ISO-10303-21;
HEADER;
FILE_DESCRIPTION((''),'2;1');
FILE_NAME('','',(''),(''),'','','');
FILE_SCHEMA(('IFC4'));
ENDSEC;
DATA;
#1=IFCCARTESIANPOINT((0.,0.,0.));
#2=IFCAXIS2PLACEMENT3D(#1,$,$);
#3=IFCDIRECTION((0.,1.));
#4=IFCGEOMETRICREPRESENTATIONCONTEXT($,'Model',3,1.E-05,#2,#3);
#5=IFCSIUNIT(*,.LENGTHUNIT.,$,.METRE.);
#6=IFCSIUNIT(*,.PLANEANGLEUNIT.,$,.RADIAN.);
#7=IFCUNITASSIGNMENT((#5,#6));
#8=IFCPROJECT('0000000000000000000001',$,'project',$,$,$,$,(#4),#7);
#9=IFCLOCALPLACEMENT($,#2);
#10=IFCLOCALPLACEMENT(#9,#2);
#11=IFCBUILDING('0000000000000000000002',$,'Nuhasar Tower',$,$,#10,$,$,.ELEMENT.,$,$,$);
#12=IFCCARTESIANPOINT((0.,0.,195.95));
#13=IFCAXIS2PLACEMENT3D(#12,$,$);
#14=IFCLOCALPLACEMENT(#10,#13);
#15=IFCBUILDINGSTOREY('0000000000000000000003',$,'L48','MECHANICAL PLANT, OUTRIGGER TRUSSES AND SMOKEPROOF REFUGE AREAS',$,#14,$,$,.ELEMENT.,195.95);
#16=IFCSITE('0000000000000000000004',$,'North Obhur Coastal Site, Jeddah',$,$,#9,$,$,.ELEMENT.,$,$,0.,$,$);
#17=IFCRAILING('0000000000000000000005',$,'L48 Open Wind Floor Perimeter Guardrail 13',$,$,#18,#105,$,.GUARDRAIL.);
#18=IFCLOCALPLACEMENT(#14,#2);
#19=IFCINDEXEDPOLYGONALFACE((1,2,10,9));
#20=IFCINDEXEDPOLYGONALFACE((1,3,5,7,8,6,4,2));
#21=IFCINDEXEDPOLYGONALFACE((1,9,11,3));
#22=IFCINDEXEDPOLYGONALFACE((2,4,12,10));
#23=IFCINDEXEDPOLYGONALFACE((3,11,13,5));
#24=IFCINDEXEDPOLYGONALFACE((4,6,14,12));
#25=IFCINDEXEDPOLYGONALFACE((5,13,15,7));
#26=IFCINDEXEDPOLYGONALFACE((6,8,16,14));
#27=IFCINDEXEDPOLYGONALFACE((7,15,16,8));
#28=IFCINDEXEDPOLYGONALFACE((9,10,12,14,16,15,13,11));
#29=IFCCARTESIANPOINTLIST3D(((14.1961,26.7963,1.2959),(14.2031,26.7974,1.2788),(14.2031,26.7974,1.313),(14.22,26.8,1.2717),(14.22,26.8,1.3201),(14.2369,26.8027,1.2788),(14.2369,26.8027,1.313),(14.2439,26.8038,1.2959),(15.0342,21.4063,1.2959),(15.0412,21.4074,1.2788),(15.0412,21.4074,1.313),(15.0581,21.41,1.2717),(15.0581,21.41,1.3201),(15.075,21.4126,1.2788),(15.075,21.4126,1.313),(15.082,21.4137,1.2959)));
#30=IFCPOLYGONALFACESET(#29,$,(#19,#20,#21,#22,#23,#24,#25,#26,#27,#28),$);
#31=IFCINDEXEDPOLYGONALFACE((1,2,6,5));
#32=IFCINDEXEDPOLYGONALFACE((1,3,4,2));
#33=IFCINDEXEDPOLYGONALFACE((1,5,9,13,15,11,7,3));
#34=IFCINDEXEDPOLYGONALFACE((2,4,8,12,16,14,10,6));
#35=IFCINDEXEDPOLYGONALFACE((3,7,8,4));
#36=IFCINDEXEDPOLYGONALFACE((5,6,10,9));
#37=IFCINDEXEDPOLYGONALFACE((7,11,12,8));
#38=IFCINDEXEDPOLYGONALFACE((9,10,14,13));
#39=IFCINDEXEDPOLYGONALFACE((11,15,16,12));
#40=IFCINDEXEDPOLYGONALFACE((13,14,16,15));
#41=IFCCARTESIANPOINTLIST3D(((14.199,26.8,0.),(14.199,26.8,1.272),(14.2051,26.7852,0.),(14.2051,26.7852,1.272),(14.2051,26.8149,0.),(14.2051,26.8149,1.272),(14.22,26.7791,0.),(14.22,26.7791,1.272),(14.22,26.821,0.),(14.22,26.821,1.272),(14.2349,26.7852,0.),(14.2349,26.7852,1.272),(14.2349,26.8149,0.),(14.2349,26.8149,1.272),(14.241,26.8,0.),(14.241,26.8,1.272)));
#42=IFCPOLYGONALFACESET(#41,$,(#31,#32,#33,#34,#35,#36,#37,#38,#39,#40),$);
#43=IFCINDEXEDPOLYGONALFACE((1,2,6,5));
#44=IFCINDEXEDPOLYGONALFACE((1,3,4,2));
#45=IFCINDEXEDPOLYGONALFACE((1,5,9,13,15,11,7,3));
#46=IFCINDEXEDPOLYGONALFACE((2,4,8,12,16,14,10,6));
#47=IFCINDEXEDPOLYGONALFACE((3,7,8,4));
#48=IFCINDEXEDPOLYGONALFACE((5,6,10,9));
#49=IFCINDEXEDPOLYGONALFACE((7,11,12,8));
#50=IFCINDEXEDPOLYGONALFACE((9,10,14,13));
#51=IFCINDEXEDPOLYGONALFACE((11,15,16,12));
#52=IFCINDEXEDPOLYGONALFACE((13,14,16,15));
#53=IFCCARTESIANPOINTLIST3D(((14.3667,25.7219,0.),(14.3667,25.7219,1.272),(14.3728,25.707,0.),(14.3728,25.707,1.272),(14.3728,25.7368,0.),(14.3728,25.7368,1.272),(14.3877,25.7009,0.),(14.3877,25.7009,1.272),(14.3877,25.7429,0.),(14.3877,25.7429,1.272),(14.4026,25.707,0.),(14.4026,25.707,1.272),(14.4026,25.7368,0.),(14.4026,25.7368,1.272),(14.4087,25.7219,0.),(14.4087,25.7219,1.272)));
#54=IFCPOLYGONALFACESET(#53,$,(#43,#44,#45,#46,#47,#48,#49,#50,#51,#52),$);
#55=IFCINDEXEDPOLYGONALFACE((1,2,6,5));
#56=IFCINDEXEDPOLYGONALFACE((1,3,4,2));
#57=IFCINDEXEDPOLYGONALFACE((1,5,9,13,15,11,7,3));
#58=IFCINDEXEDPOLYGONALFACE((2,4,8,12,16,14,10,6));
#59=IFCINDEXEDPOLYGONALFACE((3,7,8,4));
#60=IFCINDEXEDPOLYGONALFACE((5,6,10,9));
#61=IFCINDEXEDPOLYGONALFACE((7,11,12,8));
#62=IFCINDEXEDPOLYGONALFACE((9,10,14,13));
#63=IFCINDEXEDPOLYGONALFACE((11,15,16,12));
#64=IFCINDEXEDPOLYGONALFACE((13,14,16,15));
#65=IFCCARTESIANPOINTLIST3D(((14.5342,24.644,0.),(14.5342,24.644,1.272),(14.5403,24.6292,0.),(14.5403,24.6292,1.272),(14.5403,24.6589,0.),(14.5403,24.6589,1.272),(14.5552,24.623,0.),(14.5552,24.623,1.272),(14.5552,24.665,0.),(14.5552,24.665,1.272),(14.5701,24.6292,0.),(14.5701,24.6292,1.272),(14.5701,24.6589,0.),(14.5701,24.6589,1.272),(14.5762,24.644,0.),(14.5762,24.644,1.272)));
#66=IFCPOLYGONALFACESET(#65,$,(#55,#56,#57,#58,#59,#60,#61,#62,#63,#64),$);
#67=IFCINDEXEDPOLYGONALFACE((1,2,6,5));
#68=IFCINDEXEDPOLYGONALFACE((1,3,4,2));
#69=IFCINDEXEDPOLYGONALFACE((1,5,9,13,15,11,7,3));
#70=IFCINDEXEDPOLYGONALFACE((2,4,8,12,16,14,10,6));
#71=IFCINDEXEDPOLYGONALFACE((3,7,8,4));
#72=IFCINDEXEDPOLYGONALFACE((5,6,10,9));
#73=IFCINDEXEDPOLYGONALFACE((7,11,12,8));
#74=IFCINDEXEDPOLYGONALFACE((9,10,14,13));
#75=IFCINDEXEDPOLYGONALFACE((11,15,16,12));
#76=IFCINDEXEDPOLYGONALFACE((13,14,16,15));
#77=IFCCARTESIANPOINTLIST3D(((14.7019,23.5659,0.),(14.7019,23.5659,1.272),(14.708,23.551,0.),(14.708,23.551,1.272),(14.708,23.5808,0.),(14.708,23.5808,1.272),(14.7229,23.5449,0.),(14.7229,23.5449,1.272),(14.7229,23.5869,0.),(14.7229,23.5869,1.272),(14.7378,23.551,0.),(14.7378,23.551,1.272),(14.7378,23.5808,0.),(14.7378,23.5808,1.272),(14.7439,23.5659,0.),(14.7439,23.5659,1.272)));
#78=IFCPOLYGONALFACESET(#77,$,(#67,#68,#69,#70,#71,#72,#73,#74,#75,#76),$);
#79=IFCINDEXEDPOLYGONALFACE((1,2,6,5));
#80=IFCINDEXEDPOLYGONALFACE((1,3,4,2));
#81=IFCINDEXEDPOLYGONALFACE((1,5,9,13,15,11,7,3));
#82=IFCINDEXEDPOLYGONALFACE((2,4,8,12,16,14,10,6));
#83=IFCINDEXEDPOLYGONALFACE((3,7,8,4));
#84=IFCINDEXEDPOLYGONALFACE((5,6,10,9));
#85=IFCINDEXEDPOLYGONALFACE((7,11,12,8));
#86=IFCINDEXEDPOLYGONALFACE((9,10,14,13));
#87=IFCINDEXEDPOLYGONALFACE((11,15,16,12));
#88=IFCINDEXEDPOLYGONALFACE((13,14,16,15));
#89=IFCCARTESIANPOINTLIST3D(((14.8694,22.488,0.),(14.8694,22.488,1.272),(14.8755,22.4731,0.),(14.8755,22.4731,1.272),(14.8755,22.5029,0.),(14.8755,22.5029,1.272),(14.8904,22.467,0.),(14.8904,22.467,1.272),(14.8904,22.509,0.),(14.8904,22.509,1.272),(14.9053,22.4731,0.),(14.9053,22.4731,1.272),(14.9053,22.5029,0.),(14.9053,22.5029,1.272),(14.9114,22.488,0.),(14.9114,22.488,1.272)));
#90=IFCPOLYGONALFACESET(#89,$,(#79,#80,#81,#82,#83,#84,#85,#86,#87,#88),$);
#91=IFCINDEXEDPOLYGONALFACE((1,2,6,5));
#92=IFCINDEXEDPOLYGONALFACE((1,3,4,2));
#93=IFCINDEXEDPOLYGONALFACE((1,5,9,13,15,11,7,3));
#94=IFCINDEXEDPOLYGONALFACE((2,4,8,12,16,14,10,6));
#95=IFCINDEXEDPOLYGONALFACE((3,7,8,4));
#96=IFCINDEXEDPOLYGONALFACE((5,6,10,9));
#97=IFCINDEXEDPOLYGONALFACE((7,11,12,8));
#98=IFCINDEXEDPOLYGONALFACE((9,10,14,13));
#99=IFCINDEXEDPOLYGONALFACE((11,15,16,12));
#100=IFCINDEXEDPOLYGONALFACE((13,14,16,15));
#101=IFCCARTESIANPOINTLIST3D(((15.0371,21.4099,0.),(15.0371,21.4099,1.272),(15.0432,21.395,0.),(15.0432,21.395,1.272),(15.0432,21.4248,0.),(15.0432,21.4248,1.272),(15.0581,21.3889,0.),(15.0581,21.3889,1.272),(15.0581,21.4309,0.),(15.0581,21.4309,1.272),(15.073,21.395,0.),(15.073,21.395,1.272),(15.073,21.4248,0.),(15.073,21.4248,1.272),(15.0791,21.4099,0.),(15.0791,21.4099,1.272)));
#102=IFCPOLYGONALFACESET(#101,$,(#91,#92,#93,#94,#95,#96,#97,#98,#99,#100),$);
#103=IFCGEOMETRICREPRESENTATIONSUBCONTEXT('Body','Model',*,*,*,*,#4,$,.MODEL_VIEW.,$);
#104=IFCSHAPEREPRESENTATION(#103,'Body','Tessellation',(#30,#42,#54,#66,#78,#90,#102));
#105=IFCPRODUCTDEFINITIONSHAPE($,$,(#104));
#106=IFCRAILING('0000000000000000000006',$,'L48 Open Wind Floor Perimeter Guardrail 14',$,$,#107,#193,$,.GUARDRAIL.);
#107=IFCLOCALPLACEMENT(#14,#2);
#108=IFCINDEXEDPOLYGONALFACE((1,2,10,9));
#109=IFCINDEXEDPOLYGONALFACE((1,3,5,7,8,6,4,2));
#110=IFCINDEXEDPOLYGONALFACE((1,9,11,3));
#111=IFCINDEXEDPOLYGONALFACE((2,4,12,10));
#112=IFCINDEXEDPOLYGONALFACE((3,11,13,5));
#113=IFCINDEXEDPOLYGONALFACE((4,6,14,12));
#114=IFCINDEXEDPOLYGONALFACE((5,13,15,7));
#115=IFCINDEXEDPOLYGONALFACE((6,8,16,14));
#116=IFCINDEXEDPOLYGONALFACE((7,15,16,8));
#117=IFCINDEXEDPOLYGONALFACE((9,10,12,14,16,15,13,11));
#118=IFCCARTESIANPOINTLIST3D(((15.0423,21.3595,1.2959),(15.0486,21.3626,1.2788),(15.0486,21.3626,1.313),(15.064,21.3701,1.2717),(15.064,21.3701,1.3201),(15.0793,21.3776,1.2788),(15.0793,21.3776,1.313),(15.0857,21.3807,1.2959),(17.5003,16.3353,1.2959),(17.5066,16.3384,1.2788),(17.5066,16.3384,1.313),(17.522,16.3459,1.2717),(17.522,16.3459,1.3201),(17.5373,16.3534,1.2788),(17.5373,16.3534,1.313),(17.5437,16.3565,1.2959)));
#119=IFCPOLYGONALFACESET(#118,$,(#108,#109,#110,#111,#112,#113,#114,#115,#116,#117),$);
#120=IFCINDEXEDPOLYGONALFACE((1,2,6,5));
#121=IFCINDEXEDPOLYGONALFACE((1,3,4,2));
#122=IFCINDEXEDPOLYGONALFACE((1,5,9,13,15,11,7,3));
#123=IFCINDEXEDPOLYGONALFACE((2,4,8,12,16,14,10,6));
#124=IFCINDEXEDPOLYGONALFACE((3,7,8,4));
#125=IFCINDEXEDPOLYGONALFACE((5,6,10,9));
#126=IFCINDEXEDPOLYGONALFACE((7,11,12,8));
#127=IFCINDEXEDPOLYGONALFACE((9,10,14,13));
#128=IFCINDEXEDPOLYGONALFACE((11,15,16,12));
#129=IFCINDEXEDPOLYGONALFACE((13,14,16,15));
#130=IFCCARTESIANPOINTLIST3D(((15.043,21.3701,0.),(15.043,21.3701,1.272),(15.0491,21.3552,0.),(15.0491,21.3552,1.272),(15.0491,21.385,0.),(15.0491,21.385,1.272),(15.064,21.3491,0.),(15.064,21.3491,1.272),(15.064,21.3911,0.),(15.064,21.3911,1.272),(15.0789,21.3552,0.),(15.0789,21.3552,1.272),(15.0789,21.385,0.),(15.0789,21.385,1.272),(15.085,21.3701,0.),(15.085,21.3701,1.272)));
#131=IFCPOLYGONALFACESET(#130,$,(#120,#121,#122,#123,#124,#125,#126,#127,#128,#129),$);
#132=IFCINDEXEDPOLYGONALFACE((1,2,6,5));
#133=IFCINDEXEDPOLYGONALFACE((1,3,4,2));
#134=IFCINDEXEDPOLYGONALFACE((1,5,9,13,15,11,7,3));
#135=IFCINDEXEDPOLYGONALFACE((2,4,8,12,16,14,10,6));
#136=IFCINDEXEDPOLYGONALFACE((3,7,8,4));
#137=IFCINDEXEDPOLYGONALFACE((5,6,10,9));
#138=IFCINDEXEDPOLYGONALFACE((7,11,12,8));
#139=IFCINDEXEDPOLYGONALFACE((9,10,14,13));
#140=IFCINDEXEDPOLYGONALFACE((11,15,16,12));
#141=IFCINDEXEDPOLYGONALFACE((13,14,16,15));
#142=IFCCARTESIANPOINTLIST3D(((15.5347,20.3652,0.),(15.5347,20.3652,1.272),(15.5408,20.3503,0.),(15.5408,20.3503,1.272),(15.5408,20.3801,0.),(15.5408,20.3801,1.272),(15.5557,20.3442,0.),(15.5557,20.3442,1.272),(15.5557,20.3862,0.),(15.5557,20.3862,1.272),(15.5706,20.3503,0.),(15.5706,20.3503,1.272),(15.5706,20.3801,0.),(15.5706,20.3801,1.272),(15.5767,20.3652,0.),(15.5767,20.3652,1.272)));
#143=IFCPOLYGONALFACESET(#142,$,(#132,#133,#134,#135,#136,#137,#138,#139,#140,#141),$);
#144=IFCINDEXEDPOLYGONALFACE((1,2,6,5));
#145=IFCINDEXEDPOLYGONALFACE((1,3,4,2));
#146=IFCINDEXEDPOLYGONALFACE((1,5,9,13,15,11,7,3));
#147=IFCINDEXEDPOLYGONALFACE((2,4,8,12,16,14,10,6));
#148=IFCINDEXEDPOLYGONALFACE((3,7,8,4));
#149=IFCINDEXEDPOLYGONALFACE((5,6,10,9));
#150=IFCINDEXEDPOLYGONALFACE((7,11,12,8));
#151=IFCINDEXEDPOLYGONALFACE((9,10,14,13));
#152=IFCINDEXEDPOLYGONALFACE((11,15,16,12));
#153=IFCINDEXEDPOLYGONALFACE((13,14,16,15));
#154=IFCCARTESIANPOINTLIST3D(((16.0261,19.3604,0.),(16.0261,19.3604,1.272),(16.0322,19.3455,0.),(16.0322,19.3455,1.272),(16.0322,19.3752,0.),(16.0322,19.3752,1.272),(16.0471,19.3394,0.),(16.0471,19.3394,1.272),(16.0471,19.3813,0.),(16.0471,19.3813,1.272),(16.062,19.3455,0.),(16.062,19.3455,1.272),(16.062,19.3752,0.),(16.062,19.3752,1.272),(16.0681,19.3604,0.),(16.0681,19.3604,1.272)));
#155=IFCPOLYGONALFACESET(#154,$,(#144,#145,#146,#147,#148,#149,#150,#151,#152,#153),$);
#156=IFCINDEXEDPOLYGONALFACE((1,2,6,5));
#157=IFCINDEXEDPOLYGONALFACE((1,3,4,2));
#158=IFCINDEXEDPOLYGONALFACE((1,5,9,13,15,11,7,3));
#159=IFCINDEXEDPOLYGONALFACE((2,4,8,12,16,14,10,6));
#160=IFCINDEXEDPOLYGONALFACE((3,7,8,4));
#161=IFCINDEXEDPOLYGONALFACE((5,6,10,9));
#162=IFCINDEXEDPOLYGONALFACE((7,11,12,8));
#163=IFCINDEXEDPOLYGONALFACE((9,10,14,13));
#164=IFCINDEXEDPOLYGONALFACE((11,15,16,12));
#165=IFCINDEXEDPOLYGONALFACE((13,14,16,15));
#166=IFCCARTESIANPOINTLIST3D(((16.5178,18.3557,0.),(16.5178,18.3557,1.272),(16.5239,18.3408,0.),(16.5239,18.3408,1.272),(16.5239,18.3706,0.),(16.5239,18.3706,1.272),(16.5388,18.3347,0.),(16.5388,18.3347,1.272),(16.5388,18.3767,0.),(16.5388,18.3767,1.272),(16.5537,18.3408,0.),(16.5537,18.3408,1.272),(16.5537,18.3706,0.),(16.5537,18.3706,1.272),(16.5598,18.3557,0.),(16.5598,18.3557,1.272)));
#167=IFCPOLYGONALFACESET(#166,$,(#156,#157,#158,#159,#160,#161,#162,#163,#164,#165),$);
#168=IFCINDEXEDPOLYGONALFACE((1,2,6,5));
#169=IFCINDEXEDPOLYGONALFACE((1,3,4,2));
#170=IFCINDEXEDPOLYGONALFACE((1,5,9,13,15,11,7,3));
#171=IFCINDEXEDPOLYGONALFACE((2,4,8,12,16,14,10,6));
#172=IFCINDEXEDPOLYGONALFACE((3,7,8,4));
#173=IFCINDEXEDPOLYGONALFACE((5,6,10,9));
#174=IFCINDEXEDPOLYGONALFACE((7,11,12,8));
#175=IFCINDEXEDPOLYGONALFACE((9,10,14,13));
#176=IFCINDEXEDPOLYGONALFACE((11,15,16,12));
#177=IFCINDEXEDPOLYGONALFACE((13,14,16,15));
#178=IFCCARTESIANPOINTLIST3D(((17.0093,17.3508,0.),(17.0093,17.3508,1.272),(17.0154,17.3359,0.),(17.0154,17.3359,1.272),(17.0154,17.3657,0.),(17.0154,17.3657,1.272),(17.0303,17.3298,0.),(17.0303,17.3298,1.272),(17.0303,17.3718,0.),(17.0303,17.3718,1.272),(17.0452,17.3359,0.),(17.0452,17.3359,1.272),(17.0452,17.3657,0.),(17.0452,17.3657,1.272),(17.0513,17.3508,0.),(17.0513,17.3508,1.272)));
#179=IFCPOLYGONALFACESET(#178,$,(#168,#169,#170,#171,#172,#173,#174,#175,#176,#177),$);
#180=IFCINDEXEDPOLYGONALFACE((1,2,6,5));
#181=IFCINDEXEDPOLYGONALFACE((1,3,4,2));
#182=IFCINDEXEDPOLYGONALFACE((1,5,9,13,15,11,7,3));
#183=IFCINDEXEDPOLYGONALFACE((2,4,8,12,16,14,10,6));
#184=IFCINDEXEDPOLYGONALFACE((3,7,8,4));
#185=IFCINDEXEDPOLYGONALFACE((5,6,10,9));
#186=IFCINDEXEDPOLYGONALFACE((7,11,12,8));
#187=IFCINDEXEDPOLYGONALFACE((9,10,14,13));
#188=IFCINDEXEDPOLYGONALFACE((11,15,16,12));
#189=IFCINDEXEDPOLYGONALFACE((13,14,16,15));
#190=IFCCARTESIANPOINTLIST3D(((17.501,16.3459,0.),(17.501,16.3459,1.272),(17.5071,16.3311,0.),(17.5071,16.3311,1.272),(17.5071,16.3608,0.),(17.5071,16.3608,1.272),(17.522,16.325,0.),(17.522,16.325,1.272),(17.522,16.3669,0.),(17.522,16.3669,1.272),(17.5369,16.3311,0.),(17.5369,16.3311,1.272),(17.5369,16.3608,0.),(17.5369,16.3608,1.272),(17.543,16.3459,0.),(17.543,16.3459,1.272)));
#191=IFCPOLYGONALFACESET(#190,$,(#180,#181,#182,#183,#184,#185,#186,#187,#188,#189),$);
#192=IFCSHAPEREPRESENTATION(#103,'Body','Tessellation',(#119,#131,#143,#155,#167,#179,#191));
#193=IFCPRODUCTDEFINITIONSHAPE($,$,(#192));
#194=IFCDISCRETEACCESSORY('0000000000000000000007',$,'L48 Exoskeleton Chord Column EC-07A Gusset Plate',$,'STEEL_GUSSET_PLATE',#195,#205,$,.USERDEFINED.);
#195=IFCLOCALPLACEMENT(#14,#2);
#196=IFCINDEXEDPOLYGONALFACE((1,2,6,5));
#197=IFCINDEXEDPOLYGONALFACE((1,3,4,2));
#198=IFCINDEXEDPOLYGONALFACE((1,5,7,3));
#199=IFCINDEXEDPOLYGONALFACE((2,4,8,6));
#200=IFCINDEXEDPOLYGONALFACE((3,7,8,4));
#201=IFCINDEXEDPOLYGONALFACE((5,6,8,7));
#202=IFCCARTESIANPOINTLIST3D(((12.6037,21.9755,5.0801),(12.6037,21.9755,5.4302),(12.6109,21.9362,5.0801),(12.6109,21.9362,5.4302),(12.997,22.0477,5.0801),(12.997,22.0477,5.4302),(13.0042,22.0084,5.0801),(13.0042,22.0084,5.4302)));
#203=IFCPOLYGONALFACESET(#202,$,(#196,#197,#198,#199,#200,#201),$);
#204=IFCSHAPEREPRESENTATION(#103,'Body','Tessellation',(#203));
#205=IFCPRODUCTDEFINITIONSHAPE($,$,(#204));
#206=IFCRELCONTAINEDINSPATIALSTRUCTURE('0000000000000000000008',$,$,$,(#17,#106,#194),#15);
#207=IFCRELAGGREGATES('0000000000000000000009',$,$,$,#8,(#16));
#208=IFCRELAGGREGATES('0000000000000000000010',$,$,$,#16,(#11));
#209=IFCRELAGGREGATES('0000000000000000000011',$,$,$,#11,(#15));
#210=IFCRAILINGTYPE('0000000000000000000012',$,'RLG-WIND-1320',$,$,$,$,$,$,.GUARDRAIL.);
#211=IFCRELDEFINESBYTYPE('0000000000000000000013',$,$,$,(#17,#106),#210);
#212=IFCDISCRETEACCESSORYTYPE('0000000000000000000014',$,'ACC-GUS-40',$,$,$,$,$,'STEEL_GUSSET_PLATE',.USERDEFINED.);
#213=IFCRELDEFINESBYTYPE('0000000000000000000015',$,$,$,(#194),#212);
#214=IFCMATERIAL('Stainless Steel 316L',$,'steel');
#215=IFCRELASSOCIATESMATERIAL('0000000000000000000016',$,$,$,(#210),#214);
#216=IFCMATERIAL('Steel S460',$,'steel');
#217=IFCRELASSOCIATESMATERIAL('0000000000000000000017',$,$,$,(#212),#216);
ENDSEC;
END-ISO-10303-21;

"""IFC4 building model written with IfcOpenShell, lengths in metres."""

from ifc_helpers import new_model, si_unit, direction, frame, origin, origin_2d, place, context, subcontext, project, spatial, polyline, rectangle, outline, extrude, material, type_object, element, save


model = new_model("IFC4")

# Units and contexts
model_context = context("Model", 3, precision=1e-05, world=origin(), true_north=direction((0.0, 1.0)))
body_context = subcontext(model_context, "Body", "Model", "MODEL_VIEW")
ifc_project = project(units=[si_unit("LENGTHUNIT", "METRE"), si_unit("PLANEANGLEUNIT", "RADIAN")], contexts=[model_context])

# Site, building, storey
site_placement = place(None, origin())
site = spatial("IfcSite", under=ifc_project, at=site_placement, Name="North Obhur Coastal Site, Jeddah", CompositionType="ELEMENT", RefElevation=0.0)
building_placement = place(site_placement, origin())
building = spatial("IfcBuilding", under=site, at=building_placement, Name="Nuhasar Tower", CompositionType="ELEMENT")
storey_placement = place(building_placement, frame((0.0, 0.0, 195.95)))
storey = spatial("IfcBuildingStorey", under=building, at=storey_placement, Name="L48", Description="MECHANICAL PLANT, OUTRIGGER TRUSSES AND SMOKEPROOF REFUGE AREAS", CompositionType="ELEMENT", Elevation=195.95)

# Shared definitions
ifc_material_1 = material(Name="Steel S460", Category="steel")

# Railings
ifc_material_2 = material(Name="Stainless Steel 316L", Category="steel")
railing_type = type_object("IfcRailingType", Name="RLG-WIND-1320", PredefinedType="GUARDRAIL", material=ifc_material_2)
railing_1_placement = place(storey_placement, frame((14.22, 26.8, 0.0)))
element("IfcRailing", 1, at=railing_1_placement, inside=storey, type_object=railing_type, Name="L48 Open Wind Floor Perimeter Guardrail 13", PredefinedType="GUARDRAIL", context=body_context, shape_type="SweptSolid", body=[
    extrude(outline(polyline([(0.0242, 0.0), (0.0171, 0.0171), (0.0, 0.0242), (-0.0171, 0.0171), (-0.0242, 0.0), (-0.0171, -0.0171), (0.0, -0.0242), (0.0171, -0.0171), (0.0242, 0.0)])), frame((0.0, 0.0, 1.2959), z_axis=(0.153648, -0.988126, 0.0), x_axis=(0.988126, 0.153648, 0.0)), (0.0, 0.0, 1.0), 5.4548),
    extrude(outline(polyline([(0.021, 0.0), (0.0149, 0.0149), (0.0, 0.021), (-0.0149, 0.0149), (-0.021, 0.0), (-0.0149, -0.0149), (0.0, -0.021), (0.0149, -0.0149), (0.021, 0.0)])), origin(), (0.0, 0.0, 1.0), 1.272),
    extrude(outline(polyline([(0.021, 0.0), (0.0149, 0.0149), (0.0, 0.021), (-0.0149, 0.0149), (-0.021, 0.0), (-0.0149, -0.0149), (0.0, -0.021), (0.0149, -0.0149), (0.021, 0.0)])), frame((0.1677, -1.0781, 0.0)), (0.0, 0.0, 1.0), 1.272),
    extrude(outline(polyline([(0.021, 0.0), (0.0149, 0.0149), (0.0, 0.021), (-0.0149, 0.0149), (-0.021, 0.0), (-0.0149, -0.0149), (0.0, -0.021), (0.0149, -0.0149), (0.021, 0.0)])), frame((0.3352, -2.156, 0.0)), (0.0, 0.0, 1.0), 1.272),
    extrude(outline(polyline([(0.021, 0.0), (0.0149, 0.0149), (0.0, 0.021), (-0.0149, 0.0149), (-0.021, 0.0), (-0.0149, -0.0149), (0.0, -0.021), (0.0149, -0.0149), (0.021, 0.0)])), frame((0.5029, -3.2341, 0.0)), (0.0, 0.0, 1.0), 1.272),
    extrude(outline(polyline([(0.021, 0.0), (0.0149, 0.0149), (0.0, 0.021), (-0.0149, 0.0149), (-0.021, 0.0), (-0.0149, -0.0149), (0.0, -0.021), (0.0149, -0.0149), (0.021, 0.0)])), frame((0.6704, -4.312, 0.0)), (0.0, 0.0, 1.0), 1.272),
    extrude(outline(polyline([(0.021, 0.0), (0.0149, 0.0149), (0.0, 0.021), (-0.0149, 0.0149), (-0.021, 0.0), (-0.0149, -0.0149), (0.0, -0.021), (0.0149, -0.0149), (0.021, 0.0)])), frame((0.8381, -5.3901, 0.0)), (0.0, 0.0, 1.0), 1.272),
])
railing_2_placement = place(storey_placement, frame((15.064, 21.3701, 0.0)))
element("IfcRailing", 2, at=railing_2_placement, inside=storey, type_object=railing_type, Name="L48 Open Wind Floor Perimeter Guardrail 14", PredefinedType="GUARDRAIL", context=body_context, shape_type="SweptSolid", body=[
    extrude(outline(polyline([(0.0242, 0.0), (0.0171, 0.0171), (0.0, 0.0242), (-0.0171, 0.0171), (-0.0242, 0.0), (-0.0171, -0.0171), (0.0, -0.0242), (0.0171, -0.0171), (0.0242, 0.0)])), frame((0.0, 0.0, 1.2959), z_axis=(0.439462, -0.898261, 0.0), x_axis=(0.898261, 0.439462, 0.0)), (0.0, 0.0, 1.0), 5.5933),
    extrude(outline(polyline([(0.021, 0.0), (0.0149, 0.0149), (0.0, 0.021), (-0.0149, 0.0149), (-0.021, 0.0), (-0.0149, -0.0149), (0.0, -0.021), (0.0149, -0.0149), (0.021, 0.0)])), origin(), (0.0, 0.0, 1.0), 1.272),
    extrude(outline(polyline([(0.021, 0.0), (0.0149, 0.0149), (0.0, 0.021), (-0.0149, 0.0149), (-0.021, 0.0), (-0.0149, -0.0149), (0.0, -0.021), (0.0149, -0.0149), (0.021, 0.0)])), frame((0.4917, -1.0049, 0.0)), (0.0, 0.0, 1.0), 1.272),
    extrude(outline(polyline([(0.021, 0.0), (0.0149, 0.0149), (0.0, 0.021), (-0.0149, 0.0149), (-0.021, 0.0), (-0.0149, -0.0149), (0.0, -0.021), (0.0149, -0.0149), (0.021, 0.0)])), frame((0.9832, -2.0098, 0.0)), (0.0, 0.0, 1.0), 1.272),
    extrude(outline(polyline([(0.021, 0.0), (0.0149, 0.0149), (0.0, 0.021), (-0.0149, 0.0149), (-0.021, 0.0), (-0.0149, -0.0149), (0.0, -0.021), (0.0149, -0.0149), (0.021, 0.0)])), frame((1.4749, -3.0144, 0.0)), (0.0, 0.0, 1.0), 1.272),
    extrude(outline(polyline([(0.021, 0.0), (0.0149, 0.0149), (0.0, 0.021), (-0.0149, 0.0149), (-0.021, 0.0), (-0.0149, -0.0149), (0.0, -0.021), (0.0149, -0.0149), (0.021, 0.0)])), frame((1.9663, -4.0193, 0.0)), (0.0, 0.0, 1.0), 1.272),
    extrude(outline(polyline([(0.021, 0.0), (0.0149, 0.0149), (0.0, 0.021), (-0.0149, 0.0149), (-0.021, 0.0), (-0.0149, -0.0149), (0.0, -0.021), (0.0149, -0.0149), (0.021, 0.0)])), frame((2.458, -5.0242, 0.0)), (0.0, 0.0, 1.0), 1.272),
])

# Discrete accessory
discrete_accessory_type = type_object("IfcDiscreteAccessoryType", Name="ACC-GUS-40", ElementType="STEEL_GUSSET_PLATE", PredefinedType="USERDEFINED", material=ifc_material_1)
for number, where, z_axis, x_axis, name in (
    (3, (12.804, 21.9919, 5.0801), (0.0, 0.0, 1.0), (-0.983568, -0.180536, 0.0), "L48 Exoskeleton Chord Column EC-07A Gusset Plate"),
):
    element("IfcDiscreteAccessory", number, at=place(storey_placement, frame(where, z_axis=z_axis, x_axis=x_axis)), inside=storey, type_object=discrete_accessory_type, Name=name, ObjectType="STEEL_GUSSET_PLATE", PredefinedType="USERDEFINED", context=body_context, shape_type="SweptSolid", body=[
        extrude(rectangle(XDim=0.3999, YDim=0.04, at=origin_2d()), origin(), (0.0, 0.0, 1.0), 0.3501),
    ])

save(model, "model.ifc")
